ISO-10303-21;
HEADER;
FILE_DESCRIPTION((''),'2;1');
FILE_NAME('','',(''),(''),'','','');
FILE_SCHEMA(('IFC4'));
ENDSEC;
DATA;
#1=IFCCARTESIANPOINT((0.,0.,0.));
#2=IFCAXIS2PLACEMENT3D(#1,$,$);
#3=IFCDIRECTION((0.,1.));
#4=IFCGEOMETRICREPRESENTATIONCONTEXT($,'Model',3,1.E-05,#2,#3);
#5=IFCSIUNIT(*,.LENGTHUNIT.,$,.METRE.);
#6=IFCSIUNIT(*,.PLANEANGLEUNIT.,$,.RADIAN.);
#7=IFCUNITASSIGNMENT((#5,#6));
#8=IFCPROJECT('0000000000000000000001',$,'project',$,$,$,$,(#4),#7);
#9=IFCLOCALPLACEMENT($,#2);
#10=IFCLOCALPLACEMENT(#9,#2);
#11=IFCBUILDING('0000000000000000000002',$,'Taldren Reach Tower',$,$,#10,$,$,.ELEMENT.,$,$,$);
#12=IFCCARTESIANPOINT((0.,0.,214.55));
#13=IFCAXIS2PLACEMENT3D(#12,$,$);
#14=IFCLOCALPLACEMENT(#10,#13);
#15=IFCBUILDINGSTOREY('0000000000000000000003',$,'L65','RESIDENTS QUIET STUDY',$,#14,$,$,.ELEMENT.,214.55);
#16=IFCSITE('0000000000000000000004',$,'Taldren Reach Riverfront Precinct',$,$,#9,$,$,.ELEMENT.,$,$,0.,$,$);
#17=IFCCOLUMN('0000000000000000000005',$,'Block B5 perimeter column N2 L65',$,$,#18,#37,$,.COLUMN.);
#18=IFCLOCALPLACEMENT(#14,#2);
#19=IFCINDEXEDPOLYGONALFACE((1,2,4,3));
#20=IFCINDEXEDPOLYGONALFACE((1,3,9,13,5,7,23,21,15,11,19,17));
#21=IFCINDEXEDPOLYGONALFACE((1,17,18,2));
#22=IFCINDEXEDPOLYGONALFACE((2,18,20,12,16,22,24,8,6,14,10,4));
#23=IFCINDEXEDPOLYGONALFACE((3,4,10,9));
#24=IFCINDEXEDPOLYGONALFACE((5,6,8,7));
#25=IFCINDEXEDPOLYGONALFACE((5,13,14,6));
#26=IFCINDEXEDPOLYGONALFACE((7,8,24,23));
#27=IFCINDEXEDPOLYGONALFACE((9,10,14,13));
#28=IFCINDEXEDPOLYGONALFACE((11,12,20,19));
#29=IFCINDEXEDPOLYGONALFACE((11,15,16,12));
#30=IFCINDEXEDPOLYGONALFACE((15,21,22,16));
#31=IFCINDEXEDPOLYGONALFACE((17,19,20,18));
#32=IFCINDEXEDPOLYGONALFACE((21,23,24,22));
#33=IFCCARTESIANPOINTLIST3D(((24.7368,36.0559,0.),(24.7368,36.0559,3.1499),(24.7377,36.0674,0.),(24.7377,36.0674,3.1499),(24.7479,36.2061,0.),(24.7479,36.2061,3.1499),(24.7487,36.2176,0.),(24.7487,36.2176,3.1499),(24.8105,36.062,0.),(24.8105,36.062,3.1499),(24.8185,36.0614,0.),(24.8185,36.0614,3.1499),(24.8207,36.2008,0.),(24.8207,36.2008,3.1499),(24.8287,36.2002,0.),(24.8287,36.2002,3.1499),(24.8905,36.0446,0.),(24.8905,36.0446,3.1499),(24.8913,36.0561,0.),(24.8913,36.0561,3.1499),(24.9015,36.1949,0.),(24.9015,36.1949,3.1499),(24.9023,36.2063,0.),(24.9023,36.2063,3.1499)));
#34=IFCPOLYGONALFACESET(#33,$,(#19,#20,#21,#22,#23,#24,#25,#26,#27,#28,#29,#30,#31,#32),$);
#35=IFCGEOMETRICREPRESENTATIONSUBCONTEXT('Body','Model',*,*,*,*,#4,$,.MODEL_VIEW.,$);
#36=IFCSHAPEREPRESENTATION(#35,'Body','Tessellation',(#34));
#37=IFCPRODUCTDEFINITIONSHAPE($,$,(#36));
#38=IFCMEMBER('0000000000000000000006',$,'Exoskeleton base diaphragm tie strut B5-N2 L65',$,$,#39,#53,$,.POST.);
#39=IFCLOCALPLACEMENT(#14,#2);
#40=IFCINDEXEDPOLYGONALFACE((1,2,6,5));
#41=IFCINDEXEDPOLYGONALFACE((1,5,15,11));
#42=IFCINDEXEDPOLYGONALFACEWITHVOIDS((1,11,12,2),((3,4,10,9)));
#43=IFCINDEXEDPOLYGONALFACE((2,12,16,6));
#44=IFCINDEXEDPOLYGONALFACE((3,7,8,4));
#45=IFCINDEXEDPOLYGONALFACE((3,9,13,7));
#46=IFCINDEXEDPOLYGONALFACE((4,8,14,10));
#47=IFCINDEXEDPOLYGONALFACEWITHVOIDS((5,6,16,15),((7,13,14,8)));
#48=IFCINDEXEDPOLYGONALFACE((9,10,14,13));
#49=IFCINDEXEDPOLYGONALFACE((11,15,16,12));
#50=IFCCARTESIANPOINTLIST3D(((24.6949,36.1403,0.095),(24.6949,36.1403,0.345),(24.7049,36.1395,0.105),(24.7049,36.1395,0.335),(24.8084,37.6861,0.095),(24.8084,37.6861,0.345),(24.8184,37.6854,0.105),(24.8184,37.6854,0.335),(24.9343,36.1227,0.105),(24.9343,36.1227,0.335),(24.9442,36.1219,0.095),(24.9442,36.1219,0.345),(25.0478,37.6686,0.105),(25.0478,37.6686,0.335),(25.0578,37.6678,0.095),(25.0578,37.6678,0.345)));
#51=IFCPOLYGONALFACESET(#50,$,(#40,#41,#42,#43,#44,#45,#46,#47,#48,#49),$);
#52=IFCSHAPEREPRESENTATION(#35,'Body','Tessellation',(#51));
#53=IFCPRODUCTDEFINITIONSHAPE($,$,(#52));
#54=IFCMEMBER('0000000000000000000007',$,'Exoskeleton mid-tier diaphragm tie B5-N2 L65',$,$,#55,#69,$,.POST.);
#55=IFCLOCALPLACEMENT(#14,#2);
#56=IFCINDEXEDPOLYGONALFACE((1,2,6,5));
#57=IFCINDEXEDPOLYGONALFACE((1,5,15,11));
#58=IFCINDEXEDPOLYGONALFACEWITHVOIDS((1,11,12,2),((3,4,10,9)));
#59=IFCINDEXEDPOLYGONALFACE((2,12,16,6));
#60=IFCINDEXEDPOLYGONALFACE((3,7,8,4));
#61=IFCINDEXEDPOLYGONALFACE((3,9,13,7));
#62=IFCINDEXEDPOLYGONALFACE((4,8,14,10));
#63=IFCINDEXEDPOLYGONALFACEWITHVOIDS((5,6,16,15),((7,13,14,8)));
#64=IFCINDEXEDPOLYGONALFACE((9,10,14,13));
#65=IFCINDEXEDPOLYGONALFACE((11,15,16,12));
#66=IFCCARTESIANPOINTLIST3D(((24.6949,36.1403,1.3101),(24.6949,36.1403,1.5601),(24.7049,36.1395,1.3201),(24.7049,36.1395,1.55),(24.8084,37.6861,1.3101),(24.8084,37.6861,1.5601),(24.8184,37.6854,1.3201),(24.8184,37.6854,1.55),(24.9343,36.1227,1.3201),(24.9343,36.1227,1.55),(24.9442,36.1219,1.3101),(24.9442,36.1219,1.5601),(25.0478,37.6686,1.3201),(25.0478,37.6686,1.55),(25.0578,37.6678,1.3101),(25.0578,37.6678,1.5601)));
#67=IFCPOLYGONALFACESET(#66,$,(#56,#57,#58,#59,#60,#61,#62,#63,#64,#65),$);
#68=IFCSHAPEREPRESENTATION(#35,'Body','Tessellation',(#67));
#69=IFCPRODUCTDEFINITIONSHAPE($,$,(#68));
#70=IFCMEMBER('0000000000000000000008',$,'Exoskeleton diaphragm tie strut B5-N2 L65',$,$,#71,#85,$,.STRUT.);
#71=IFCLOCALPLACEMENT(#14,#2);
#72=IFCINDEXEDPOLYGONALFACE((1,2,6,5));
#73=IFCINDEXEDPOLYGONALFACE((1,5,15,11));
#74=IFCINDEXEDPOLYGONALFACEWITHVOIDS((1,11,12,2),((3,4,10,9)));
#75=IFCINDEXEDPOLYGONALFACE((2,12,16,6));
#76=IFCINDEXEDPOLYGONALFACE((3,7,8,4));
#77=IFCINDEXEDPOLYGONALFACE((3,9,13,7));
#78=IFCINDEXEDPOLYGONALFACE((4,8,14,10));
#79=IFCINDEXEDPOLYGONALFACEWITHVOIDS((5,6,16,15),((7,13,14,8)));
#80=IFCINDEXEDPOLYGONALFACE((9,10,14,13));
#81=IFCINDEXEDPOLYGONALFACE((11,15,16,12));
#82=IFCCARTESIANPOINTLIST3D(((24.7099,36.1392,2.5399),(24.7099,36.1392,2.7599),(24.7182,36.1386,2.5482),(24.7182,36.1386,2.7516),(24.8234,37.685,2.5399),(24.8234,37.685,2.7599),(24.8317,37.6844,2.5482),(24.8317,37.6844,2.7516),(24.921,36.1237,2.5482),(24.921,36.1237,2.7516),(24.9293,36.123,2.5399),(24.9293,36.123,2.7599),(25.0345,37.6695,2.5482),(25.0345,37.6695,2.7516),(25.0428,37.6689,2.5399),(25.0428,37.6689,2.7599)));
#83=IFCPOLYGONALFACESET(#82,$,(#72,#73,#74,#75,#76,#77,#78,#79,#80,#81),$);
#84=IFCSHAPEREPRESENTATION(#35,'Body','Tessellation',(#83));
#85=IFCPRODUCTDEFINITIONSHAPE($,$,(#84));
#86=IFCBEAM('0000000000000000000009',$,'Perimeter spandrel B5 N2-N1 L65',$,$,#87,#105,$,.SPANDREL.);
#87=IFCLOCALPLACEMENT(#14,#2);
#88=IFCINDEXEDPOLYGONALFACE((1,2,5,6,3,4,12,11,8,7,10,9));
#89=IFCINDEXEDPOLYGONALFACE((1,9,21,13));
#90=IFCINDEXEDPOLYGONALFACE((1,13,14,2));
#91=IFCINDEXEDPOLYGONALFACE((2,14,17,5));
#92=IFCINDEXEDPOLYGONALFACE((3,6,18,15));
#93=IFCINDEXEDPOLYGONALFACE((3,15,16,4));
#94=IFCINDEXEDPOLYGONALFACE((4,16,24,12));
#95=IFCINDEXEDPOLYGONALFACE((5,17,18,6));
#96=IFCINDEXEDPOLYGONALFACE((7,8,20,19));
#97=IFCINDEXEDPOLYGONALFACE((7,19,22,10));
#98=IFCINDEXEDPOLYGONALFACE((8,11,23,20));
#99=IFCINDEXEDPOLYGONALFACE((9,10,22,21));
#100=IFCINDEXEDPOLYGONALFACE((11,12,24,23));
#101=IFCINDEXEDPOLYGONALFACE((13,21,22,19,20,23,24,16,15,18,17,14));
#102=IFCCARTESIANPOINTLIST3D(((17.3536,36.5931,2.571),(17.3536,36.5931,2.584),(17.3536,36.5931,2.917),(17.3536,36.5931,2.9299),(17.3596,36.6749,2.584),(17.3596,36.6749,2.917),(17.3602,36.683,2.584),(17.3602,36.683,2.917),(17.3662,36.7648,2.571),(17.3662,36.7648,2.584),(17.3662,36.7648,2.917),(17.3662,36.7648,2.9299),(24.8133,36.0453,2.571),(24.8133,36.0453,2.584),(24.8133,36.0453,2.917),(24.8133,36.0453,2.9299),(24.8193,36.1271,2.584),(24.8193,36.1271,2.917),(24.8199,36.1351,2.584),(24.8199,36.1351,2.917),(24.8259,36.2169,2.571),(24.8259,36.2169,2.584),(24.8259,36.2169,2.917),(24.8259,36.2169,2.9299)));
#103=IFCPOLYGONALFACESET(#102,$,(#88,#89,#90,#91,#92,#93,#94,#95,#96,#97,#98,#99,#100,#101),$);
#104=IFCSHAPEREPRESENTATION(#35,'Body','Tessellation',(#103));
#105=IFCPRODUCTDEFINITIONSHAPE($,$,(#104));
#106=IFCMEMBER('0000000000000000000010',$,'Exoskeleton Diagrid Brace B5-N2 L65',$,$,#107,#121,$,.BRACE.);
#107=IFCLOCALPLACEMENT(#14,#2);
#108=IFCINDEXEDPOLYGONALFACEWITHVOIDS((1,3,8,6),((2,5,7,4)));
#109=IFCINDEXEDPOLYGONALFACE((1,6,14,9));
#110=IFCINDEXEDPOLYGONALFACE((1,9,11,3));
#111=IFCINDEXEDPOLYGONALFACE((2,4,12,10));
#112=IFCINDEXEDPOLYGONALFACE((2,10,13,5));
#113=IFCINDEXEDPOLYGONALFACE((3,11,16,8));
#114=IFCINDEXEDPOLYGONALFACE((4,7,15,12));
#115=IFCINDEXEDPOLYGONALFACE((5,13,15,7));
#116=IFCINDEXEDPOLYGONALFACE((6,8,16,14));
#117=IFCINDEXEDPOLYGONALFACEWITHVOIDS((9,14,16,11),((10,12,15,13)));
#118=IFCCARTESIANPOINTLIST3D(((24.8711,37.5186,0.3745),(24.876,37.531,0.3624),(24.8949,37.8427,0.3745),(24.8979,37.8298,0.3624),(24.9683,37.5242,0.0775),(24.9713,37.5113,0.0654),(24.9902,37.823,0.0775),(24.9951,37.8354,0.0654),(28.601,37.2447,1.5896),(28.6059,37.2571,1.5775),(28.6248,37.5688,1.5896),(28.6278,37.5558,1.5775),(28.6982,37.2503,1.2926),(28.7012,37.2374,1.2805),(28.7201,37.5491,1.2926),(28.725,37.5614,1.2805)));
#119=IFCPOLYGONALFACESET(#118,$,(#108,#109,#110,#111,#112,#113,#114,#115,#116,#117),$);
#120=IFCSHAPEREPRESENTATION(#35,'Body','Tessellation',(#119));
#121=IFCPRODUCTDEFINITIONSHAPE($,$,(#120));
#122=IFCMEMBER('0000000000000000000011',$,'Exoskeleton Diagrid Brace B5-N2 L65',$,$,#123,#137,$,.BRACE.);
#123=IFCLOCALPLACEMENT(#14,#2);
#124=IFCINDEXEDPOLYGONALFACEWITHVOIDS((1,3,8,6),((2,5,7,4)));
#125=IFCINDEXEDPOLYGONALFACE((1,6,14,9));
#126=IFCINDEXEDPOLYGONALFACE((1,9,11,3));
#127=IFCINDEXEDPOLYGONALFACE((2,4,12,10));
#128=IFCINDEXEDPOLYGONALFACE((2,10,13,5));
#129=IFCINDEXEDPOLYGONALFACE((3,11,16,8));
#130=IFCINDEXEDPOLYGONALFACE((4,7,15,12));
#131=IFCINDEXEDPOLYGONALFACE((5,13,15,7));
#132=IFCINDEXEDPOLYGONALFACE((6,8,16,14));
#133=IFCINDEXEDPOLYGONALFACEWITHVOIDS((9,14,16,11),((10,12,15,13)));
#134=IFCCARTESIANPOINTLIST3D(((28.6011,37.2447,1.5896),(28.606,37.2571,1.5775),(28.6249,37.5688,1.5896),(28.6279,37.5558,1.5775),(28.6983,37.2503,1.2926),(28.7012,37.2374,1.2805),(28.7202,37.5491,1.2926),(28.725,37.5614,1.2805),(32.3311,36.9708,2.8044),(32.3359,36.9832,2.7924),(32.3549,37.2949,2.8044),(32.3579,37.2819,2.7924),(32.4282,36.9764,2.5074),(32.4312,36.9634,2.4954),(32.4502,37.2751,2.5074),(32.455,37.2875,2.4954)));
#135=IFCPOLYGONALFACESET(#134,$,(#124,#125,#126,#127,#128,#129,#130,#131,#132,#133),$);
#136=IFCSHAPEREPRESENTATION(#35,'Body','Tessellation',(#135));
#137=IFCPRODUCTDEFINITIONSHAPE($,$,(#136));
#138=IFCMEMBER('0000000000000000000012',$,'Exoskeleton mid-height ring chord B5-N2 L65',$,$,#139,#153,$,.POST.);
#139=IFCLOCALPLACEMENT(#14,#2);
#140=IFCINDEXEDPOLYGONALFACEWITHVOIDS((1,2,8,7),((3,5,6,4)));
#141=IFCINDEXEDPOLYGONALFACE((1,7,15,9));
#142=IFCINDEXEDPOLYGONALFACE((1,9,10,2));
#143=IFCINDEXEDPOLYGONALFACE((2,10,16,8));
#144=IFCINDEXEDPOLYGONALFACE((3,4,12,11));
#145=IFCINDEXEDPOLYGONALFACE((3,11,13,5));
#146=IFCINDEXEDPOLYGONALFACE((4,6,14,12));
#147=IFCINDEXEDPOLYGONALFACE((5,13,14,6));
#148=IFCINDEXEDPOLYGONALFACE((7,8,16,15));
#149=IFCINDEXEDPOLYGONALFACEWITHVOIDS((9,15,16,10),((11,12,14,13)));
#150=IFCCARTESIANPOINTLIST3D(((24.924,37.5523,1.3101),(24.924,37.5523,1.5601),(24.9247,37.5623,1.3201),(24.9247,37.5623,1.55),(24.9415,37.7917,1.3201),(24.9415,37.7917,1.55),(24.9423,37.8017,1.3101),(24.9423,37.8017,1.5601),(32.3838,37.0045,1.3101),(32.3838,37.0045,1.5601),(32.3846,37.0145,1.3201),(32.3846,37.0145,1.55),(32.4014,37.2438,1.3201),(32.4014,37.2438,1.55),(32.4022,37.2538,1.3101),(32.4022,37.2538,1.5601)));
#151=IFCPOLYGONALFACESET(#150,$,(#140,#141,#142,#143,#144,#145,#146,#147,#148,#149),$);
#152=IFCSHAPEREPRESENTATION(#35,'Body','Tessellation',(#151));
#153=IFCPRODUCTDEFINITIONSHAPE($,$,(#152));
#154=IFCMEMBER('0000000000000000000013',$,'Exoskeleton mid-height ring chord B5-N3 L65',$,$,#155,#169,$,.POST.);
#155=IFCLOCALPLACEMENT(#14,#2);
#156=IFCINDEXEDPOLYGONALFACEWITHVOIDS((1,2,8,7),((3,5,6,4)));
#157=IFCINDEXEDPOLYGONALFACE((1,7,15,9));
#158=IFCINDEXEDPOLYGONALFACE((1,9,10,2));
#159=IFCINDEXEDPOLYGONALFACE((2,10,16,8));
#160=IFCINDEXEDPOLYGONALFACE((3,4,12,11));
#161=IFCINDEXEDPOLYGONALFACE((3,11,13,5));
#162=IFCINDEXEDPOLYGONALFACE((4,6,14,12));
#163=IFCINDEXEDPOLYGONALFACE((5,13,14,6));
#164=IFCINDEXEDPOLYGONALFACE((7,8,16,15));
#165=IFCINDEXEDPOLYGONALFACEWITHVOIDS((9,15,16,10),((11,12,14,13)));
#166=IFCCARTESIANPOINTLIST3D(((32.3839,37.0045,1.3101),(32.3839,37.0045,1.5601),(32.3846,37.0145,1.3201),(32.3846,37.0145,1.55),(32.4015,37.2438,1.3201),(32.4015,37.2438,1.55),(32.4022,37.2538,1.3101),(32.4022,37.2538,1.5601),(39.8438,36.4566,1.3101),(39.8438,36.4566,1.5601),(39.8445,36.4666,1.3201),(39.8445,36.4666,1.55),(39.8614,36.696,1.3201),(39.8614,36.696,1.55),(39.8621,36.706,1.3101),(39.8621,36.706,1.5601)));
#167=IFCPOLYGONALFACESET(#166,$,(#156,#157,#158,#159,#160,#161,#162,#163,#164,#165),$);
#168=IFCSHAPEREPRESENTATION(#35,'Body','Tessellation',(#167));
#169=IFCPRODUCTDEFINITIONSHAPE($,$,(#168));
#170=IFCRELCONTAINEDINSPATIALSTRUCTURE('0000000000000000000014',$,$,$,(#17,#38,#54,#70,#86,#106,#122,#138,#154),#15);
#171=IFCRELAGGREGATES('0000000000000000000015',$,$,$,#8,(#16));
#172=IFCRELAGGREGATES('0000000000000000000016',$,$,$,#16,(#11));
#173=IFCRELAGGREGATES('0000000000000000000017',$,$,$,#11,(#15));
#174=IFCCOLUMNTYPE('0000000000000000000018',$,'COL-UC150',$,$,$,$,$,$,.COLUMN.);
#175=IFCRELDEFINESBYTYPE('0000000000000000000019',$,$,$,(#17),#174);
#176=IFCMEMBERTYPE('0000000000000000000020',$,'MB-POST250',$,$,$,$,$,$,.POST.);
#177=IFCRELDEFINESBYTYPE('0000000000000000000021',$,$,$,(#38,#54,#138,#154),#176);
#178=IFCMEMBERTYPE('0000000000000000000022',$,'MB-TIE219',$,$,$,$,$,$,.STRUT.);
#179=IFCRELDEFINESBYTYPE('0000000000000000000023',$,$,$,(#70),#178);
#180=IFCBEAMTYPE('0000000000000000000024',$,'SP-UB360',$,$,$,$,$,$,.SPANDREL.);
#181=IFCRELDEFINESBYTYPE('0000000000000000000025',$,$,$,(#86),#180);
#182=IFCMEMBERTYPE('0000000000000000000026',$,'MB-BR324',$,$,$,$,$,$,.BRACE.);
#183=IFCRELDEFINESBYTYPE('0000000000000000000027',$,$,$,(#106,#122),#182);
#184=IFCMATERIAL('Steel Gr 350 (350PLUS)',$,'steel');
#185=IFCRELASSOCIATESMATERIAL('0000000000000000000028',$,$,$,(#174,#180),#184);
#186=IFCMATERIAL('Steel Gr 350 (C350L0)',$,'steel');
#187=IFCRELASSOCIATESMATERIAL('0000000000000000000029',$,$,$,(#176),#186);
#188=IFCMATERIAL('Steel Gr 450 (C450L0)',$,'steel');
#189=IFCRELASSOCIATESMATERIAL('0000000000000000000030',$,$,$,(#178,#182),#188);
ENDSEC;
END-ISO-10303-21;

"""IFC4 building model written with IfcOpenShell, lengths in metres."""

from ifc_helpers import new_model, si_unit, direction, frame, origin, origin_2d, place, context, subcontext, project, spatial, hollow_rectangle, i_section, extrude, source, transform, mapped, material, material_profile, profile_set, type_object, element, save


model = new_model("IFC4")

# Units and contexts
model_context = context("Model", 3, precision=1e-05, world=origin(), true_north=direction((0.0, 1.0)))
body_context = subcontext(model_context, "Body", "Model", "MODEL_VIEW")
ifc_project = project(units=[si_unit("LENGTHUNIT", "METRE"), si_unit("PLANEANGLEUNIT", "RADIAN")], contexts=[model_context])

# Site, building, storey
site_placement = place(None, origin())
site = spatial("IfcSite", under=ifc_project, at=site_placement, Name="Taldren Reach Riverfront Precinct", CompositionType="ELEMENT", RefElevation=0.0)
building_placement = place(site_placement, origin())
building = spatial("IfcBuilding", under=site, at=building_placement, Name="Taldren Reach Tower", CompositionType="ELEMENT")
storey_placement = place(building_placement, frame((0.0, 0.0, 214.55)))
storey = spatial("IfcBuildingStorey", under=building, at=storey_placement, Name="L65", Description="RESIDENTS QUIET STUDY", CompositionType="ELEMENT", Elevation=214.55)

# Column
ifc_material_1 = material(Name="Steel Gr 350 (350PLUS)", Category="steel")
ifc_material_profile_1 = material_profile(ifc_material_1, i_section(OverallWidth=0.1541, OverallDepth=0.1621, WebThickness=0.0081, FlangeThickness=0.0115, at=origin_2d()), Name="150UC37.2")
ifc_profile_set_1 = profile_set([ifc_material_profile_1], Name="Steel Gr 350 (350PLUS)")
column_type = type_object("IfcColumnType", Name="COL-UC150", PredefinedType="COLUMN", material=ifc_profile_set_1)
shared_shape_1 = source(origin(), body_context, "Body", "SweptSolid", [
    extrude(i_section(OverallWidth=0.1541, OverallDepth=0.1621, WebThickness=0.0081, FlangeThickness=0.0115, at=origin_2d()), origin(), (0.0, 0.0, 1.0), 3.1499),
])
column_placement = place(storey_placement, frame((24.8196, 36.1311, 0.0), z_axis=(0.0, 0.0, 1.0), x_axis=(0.997314, -0.073238, 0.0)))
element("IfcColumn", 1, at=column_placement, inside=storey, type_object=column_type, Name="Block B5 perimeter column N2 L65", PredefinedType="COLUMN", context=body_context, shape_type="MappedRepresentation", body=[
    mapped(shared_shape_1, transform((0.0, 0.0, 0.0), scale=1.0)),
])

# Members
ifc_material_2 = material(Name="Steel Gr 350 (C350L0)", Category="steel")
ifc_material_profile_2 = material_profile(ifc_material_2, hollow_rectangle(XDim=0.25, YDim=0.25, WallThickness=0.01, at=origin_2d()), Name="250x250x10.0SHS")
ifc_profile_set_2 = profile_set([ifc_material_profile_2], Name="Steel Gr 350 (C350L0)")
member_type_1 = type_object("IfcMemberType", Name="MB-POST250", PredefinedType="POST", material=ifc_profile_set_2)
shared_shape_2 = source(origin(), body_context, "Body", "SweptSolid", [
    extrude(hollow_rectangle(XDim=0.25, YDim=0.25, WallThickness=0.01, at=origin_2d()), origin(), (0.0, 0.0, 1.0), 1.55),
])
for number, where, z_axis, x_axis, name in (
    (2, (24.8196, 36.1311, 0.22), (0.073239, 0.997314, 0.0), (-0.997314, 0.073239, 0.0), "Exoskeleton base diaphragm tie strut B5-N2 L65"),
    (3, (24.8196, 36.1311, 1.4351), (0.073239, 0.997314, 0.0), (-0.997314, 0.073239, 0.0), "Exoskeleton mid-tier diaphragm tie B5-N2 L65"),
):
    element("IfcMember", number, at=place(storey_placement, frame(where, z_axis=z_axis, x_axis=x_axis)), inside=storey, type_object=member_type_1, Name=name, PredefinedType="POST", context=body_context, shape_type="MappedRepresentation", body=[
        mapped(shared_shape_2, transform((0.0, 0.0, 0.0), scale=1.0)),
    ])
ifc_material_3 = material(Name="Steel Gr 450 (C450L0)", Category="steel")
ifc_material_profile_3 = material_profile(ifc_material_3, hollow_rectangle(XDim=0.22, YDim=0.22, WallThickness=0.0083, at=origin_2d()), Name="220x220x8.2SHS")
ifc_profile_set_3 = profile_set([ifc_material_profile_3], Name="Steel Gr 450 (C450L0)")
member_type_2 = type_object("IfcMemberType", Name="MB-TIE219", PredefinedType="STRUT", material=ifc_profile_set_3)
shared_shape_3 = source(origin(), body_context, "Body", "SweptSolid", [
    extrude(hollow_rectangle(XDim=0.22, YDim=0.22, WallThickness=0.0083, at=origin_2d()), origin(), (0.0, 0.0, 1.0), 1.55),
])
member_1_placement = place(storey_placement, frame((24.8196, 36.1311, 2.6499), z_axis=(0.073239, 0.997314, 0.0), x_axis=(-0.997314, 0.073239, 0.0)))
element("IfcMember", 4, at=member_1_placement, inside=storey, type_object=member_type_2, Name="Exoskeleton diaphragm tie strut B5-N2 L65", PredefinedType="STRUT", context=body_context, shape_type="MappedRepresentation", body=[
    mapped(shared_shape_3, transform((0.0, 0.0, 0.0), scale=1.0)),
])

# Beam
ifc_material_profile_4 = material_profile(ifc_material_1, i_section(OverallWidth=0.1721, OverallDepth=0.3589, WebThickness=0.0081, FlangeThickness=0.0129, at=origin_2d()), Name="360UB56.7")
ifc_profile_set_4 = profile_set([ifc_material_profile_4], Name="Steel Gr 350 (350PLUS)")
beam_type = type_object("IfcBeamType", Name="SP-UB360", PredefinedType="SPANDREL", material=ifc_profile_set_4)
shared_shape_4 = source(origin(), body_context, "Body", "SweptSolid", [
    extrude(i_section(OverallWidth=0.1721, OverallDepth=0.3589, WebThickness=0.0081, FlangeThickness=0.0129, at=origin_2d()), origin(), (0.0, 0.0, 1.0), 7.4797),
])
beam_placement = place(storey_placement, frame((24.8196, 36.1311, 2.7505), z_axis=(-0.997314, 0.073244, 0.0), x_axis=(-0.073244, -0.997314, 0.0)))
element("IfcBeam", 5, at=beam_placement, inside=storey, type_object=beam_type, Name="Perimeter spandrel B5 N2-N1 L65", PredefinedType="SPANDREL", context=body_context, shape_type="MappedRepresentation", body=[
    mapped(shared_shape_4, transform((0.0, 0.0, 0.0), scale=1.0)),
])

# Members
ifc_material_profile_5 = material_profile(ifc_material_3, hollow_rectangle(XDim=0.325, YDim=0.325, WallThickness=0.0127, at=origin_2d()), Name="325x325x12.7SHS")
ifc_profile_set_5 = profile_set([ifc_material_profile_5], Name="Steel Gr 450 (C450L0)")
member_type_3 = type_object("IfcMemberType", Name="MB-BR324", PredefinedType="BRACE", material=ifc_profile_set_5)
shared_shape_5 = source(origin(), body_context, "Body", "SweptSolid", [
    extrude(hollow_rectangle(XDim=0.325, YDim=0.325, WallThickness=0.0127, at=origin_2d()), origin(), (0.0, 0.0, 1.0), 3.9324),
])
for number, where, z_axis, x_axis, name in (
    (6, (24.9331, 37.677, 0.22), (0.948511, -0.069658, 0.308989), (0.073242, 0.997314, 0.0), "Exoskeleton Diagrid Brace B5-N2 L65"),
    (7, (28.6631, 37.4031, 1.4351), (0.948529, -0.069659, 0.308933), (0.073242, 0.997314, 0.0), "Exoskeleton Diagrid Brace B5-N2 L65"),
):
    element("IfcMember", number, at=place(storey_placement, frame(where, z_axis=z_axis, x_axis=x_axis)), inside=storey, type_object=member_type_3, Name=name, PredefinedType="BRACE", context=body_context, shape_type="MappedRepresentation", body=[
        mapped(shared_shape_5, transform((0.0, 0.0, 0.0), scale=1.0)),
    ])
shared_shape_6 = source(origin(), body_context, "Body", "SweptSolid", [
    extrude(hollow_rectangle(XDim=0.25, YDim=0.25, WallThickness=0.01, at=origin_2d()), origin(), (0.0, 0.0, 1.0), 7.48),
])
for number, where, z_axis, x_axis, name in (
    (8, (24.9331, 37.677, 1.4351), (0.997314, -0.073242, 0.0), (0.073242, 0.997314, 0.0), "Exoskeleton mid-height ring chord B5-N2 L65"),
    (9, (32.3931, 37.1292, 1.4351), (0.997314, -0.073242, 0.0), (0.073242, 0.997314, 0.0), "Exoskeleton mid-height ring chord B5-N3 L65"),
):
    element("IfcMember", number, at=place(storey_placement, frame(where, z_axis=z_axis, x_axis=x_axis)), inside=storey, type_object=member_type_1, Name=name, PredefinedType="POST", context=body_context, shape_type="MappedRepresentation", body=[
        mapped(shared_shape_6, transform((0.0, 0.0, 0.0), scale=1.0)),
    ])

save(model, "model.ifc")
